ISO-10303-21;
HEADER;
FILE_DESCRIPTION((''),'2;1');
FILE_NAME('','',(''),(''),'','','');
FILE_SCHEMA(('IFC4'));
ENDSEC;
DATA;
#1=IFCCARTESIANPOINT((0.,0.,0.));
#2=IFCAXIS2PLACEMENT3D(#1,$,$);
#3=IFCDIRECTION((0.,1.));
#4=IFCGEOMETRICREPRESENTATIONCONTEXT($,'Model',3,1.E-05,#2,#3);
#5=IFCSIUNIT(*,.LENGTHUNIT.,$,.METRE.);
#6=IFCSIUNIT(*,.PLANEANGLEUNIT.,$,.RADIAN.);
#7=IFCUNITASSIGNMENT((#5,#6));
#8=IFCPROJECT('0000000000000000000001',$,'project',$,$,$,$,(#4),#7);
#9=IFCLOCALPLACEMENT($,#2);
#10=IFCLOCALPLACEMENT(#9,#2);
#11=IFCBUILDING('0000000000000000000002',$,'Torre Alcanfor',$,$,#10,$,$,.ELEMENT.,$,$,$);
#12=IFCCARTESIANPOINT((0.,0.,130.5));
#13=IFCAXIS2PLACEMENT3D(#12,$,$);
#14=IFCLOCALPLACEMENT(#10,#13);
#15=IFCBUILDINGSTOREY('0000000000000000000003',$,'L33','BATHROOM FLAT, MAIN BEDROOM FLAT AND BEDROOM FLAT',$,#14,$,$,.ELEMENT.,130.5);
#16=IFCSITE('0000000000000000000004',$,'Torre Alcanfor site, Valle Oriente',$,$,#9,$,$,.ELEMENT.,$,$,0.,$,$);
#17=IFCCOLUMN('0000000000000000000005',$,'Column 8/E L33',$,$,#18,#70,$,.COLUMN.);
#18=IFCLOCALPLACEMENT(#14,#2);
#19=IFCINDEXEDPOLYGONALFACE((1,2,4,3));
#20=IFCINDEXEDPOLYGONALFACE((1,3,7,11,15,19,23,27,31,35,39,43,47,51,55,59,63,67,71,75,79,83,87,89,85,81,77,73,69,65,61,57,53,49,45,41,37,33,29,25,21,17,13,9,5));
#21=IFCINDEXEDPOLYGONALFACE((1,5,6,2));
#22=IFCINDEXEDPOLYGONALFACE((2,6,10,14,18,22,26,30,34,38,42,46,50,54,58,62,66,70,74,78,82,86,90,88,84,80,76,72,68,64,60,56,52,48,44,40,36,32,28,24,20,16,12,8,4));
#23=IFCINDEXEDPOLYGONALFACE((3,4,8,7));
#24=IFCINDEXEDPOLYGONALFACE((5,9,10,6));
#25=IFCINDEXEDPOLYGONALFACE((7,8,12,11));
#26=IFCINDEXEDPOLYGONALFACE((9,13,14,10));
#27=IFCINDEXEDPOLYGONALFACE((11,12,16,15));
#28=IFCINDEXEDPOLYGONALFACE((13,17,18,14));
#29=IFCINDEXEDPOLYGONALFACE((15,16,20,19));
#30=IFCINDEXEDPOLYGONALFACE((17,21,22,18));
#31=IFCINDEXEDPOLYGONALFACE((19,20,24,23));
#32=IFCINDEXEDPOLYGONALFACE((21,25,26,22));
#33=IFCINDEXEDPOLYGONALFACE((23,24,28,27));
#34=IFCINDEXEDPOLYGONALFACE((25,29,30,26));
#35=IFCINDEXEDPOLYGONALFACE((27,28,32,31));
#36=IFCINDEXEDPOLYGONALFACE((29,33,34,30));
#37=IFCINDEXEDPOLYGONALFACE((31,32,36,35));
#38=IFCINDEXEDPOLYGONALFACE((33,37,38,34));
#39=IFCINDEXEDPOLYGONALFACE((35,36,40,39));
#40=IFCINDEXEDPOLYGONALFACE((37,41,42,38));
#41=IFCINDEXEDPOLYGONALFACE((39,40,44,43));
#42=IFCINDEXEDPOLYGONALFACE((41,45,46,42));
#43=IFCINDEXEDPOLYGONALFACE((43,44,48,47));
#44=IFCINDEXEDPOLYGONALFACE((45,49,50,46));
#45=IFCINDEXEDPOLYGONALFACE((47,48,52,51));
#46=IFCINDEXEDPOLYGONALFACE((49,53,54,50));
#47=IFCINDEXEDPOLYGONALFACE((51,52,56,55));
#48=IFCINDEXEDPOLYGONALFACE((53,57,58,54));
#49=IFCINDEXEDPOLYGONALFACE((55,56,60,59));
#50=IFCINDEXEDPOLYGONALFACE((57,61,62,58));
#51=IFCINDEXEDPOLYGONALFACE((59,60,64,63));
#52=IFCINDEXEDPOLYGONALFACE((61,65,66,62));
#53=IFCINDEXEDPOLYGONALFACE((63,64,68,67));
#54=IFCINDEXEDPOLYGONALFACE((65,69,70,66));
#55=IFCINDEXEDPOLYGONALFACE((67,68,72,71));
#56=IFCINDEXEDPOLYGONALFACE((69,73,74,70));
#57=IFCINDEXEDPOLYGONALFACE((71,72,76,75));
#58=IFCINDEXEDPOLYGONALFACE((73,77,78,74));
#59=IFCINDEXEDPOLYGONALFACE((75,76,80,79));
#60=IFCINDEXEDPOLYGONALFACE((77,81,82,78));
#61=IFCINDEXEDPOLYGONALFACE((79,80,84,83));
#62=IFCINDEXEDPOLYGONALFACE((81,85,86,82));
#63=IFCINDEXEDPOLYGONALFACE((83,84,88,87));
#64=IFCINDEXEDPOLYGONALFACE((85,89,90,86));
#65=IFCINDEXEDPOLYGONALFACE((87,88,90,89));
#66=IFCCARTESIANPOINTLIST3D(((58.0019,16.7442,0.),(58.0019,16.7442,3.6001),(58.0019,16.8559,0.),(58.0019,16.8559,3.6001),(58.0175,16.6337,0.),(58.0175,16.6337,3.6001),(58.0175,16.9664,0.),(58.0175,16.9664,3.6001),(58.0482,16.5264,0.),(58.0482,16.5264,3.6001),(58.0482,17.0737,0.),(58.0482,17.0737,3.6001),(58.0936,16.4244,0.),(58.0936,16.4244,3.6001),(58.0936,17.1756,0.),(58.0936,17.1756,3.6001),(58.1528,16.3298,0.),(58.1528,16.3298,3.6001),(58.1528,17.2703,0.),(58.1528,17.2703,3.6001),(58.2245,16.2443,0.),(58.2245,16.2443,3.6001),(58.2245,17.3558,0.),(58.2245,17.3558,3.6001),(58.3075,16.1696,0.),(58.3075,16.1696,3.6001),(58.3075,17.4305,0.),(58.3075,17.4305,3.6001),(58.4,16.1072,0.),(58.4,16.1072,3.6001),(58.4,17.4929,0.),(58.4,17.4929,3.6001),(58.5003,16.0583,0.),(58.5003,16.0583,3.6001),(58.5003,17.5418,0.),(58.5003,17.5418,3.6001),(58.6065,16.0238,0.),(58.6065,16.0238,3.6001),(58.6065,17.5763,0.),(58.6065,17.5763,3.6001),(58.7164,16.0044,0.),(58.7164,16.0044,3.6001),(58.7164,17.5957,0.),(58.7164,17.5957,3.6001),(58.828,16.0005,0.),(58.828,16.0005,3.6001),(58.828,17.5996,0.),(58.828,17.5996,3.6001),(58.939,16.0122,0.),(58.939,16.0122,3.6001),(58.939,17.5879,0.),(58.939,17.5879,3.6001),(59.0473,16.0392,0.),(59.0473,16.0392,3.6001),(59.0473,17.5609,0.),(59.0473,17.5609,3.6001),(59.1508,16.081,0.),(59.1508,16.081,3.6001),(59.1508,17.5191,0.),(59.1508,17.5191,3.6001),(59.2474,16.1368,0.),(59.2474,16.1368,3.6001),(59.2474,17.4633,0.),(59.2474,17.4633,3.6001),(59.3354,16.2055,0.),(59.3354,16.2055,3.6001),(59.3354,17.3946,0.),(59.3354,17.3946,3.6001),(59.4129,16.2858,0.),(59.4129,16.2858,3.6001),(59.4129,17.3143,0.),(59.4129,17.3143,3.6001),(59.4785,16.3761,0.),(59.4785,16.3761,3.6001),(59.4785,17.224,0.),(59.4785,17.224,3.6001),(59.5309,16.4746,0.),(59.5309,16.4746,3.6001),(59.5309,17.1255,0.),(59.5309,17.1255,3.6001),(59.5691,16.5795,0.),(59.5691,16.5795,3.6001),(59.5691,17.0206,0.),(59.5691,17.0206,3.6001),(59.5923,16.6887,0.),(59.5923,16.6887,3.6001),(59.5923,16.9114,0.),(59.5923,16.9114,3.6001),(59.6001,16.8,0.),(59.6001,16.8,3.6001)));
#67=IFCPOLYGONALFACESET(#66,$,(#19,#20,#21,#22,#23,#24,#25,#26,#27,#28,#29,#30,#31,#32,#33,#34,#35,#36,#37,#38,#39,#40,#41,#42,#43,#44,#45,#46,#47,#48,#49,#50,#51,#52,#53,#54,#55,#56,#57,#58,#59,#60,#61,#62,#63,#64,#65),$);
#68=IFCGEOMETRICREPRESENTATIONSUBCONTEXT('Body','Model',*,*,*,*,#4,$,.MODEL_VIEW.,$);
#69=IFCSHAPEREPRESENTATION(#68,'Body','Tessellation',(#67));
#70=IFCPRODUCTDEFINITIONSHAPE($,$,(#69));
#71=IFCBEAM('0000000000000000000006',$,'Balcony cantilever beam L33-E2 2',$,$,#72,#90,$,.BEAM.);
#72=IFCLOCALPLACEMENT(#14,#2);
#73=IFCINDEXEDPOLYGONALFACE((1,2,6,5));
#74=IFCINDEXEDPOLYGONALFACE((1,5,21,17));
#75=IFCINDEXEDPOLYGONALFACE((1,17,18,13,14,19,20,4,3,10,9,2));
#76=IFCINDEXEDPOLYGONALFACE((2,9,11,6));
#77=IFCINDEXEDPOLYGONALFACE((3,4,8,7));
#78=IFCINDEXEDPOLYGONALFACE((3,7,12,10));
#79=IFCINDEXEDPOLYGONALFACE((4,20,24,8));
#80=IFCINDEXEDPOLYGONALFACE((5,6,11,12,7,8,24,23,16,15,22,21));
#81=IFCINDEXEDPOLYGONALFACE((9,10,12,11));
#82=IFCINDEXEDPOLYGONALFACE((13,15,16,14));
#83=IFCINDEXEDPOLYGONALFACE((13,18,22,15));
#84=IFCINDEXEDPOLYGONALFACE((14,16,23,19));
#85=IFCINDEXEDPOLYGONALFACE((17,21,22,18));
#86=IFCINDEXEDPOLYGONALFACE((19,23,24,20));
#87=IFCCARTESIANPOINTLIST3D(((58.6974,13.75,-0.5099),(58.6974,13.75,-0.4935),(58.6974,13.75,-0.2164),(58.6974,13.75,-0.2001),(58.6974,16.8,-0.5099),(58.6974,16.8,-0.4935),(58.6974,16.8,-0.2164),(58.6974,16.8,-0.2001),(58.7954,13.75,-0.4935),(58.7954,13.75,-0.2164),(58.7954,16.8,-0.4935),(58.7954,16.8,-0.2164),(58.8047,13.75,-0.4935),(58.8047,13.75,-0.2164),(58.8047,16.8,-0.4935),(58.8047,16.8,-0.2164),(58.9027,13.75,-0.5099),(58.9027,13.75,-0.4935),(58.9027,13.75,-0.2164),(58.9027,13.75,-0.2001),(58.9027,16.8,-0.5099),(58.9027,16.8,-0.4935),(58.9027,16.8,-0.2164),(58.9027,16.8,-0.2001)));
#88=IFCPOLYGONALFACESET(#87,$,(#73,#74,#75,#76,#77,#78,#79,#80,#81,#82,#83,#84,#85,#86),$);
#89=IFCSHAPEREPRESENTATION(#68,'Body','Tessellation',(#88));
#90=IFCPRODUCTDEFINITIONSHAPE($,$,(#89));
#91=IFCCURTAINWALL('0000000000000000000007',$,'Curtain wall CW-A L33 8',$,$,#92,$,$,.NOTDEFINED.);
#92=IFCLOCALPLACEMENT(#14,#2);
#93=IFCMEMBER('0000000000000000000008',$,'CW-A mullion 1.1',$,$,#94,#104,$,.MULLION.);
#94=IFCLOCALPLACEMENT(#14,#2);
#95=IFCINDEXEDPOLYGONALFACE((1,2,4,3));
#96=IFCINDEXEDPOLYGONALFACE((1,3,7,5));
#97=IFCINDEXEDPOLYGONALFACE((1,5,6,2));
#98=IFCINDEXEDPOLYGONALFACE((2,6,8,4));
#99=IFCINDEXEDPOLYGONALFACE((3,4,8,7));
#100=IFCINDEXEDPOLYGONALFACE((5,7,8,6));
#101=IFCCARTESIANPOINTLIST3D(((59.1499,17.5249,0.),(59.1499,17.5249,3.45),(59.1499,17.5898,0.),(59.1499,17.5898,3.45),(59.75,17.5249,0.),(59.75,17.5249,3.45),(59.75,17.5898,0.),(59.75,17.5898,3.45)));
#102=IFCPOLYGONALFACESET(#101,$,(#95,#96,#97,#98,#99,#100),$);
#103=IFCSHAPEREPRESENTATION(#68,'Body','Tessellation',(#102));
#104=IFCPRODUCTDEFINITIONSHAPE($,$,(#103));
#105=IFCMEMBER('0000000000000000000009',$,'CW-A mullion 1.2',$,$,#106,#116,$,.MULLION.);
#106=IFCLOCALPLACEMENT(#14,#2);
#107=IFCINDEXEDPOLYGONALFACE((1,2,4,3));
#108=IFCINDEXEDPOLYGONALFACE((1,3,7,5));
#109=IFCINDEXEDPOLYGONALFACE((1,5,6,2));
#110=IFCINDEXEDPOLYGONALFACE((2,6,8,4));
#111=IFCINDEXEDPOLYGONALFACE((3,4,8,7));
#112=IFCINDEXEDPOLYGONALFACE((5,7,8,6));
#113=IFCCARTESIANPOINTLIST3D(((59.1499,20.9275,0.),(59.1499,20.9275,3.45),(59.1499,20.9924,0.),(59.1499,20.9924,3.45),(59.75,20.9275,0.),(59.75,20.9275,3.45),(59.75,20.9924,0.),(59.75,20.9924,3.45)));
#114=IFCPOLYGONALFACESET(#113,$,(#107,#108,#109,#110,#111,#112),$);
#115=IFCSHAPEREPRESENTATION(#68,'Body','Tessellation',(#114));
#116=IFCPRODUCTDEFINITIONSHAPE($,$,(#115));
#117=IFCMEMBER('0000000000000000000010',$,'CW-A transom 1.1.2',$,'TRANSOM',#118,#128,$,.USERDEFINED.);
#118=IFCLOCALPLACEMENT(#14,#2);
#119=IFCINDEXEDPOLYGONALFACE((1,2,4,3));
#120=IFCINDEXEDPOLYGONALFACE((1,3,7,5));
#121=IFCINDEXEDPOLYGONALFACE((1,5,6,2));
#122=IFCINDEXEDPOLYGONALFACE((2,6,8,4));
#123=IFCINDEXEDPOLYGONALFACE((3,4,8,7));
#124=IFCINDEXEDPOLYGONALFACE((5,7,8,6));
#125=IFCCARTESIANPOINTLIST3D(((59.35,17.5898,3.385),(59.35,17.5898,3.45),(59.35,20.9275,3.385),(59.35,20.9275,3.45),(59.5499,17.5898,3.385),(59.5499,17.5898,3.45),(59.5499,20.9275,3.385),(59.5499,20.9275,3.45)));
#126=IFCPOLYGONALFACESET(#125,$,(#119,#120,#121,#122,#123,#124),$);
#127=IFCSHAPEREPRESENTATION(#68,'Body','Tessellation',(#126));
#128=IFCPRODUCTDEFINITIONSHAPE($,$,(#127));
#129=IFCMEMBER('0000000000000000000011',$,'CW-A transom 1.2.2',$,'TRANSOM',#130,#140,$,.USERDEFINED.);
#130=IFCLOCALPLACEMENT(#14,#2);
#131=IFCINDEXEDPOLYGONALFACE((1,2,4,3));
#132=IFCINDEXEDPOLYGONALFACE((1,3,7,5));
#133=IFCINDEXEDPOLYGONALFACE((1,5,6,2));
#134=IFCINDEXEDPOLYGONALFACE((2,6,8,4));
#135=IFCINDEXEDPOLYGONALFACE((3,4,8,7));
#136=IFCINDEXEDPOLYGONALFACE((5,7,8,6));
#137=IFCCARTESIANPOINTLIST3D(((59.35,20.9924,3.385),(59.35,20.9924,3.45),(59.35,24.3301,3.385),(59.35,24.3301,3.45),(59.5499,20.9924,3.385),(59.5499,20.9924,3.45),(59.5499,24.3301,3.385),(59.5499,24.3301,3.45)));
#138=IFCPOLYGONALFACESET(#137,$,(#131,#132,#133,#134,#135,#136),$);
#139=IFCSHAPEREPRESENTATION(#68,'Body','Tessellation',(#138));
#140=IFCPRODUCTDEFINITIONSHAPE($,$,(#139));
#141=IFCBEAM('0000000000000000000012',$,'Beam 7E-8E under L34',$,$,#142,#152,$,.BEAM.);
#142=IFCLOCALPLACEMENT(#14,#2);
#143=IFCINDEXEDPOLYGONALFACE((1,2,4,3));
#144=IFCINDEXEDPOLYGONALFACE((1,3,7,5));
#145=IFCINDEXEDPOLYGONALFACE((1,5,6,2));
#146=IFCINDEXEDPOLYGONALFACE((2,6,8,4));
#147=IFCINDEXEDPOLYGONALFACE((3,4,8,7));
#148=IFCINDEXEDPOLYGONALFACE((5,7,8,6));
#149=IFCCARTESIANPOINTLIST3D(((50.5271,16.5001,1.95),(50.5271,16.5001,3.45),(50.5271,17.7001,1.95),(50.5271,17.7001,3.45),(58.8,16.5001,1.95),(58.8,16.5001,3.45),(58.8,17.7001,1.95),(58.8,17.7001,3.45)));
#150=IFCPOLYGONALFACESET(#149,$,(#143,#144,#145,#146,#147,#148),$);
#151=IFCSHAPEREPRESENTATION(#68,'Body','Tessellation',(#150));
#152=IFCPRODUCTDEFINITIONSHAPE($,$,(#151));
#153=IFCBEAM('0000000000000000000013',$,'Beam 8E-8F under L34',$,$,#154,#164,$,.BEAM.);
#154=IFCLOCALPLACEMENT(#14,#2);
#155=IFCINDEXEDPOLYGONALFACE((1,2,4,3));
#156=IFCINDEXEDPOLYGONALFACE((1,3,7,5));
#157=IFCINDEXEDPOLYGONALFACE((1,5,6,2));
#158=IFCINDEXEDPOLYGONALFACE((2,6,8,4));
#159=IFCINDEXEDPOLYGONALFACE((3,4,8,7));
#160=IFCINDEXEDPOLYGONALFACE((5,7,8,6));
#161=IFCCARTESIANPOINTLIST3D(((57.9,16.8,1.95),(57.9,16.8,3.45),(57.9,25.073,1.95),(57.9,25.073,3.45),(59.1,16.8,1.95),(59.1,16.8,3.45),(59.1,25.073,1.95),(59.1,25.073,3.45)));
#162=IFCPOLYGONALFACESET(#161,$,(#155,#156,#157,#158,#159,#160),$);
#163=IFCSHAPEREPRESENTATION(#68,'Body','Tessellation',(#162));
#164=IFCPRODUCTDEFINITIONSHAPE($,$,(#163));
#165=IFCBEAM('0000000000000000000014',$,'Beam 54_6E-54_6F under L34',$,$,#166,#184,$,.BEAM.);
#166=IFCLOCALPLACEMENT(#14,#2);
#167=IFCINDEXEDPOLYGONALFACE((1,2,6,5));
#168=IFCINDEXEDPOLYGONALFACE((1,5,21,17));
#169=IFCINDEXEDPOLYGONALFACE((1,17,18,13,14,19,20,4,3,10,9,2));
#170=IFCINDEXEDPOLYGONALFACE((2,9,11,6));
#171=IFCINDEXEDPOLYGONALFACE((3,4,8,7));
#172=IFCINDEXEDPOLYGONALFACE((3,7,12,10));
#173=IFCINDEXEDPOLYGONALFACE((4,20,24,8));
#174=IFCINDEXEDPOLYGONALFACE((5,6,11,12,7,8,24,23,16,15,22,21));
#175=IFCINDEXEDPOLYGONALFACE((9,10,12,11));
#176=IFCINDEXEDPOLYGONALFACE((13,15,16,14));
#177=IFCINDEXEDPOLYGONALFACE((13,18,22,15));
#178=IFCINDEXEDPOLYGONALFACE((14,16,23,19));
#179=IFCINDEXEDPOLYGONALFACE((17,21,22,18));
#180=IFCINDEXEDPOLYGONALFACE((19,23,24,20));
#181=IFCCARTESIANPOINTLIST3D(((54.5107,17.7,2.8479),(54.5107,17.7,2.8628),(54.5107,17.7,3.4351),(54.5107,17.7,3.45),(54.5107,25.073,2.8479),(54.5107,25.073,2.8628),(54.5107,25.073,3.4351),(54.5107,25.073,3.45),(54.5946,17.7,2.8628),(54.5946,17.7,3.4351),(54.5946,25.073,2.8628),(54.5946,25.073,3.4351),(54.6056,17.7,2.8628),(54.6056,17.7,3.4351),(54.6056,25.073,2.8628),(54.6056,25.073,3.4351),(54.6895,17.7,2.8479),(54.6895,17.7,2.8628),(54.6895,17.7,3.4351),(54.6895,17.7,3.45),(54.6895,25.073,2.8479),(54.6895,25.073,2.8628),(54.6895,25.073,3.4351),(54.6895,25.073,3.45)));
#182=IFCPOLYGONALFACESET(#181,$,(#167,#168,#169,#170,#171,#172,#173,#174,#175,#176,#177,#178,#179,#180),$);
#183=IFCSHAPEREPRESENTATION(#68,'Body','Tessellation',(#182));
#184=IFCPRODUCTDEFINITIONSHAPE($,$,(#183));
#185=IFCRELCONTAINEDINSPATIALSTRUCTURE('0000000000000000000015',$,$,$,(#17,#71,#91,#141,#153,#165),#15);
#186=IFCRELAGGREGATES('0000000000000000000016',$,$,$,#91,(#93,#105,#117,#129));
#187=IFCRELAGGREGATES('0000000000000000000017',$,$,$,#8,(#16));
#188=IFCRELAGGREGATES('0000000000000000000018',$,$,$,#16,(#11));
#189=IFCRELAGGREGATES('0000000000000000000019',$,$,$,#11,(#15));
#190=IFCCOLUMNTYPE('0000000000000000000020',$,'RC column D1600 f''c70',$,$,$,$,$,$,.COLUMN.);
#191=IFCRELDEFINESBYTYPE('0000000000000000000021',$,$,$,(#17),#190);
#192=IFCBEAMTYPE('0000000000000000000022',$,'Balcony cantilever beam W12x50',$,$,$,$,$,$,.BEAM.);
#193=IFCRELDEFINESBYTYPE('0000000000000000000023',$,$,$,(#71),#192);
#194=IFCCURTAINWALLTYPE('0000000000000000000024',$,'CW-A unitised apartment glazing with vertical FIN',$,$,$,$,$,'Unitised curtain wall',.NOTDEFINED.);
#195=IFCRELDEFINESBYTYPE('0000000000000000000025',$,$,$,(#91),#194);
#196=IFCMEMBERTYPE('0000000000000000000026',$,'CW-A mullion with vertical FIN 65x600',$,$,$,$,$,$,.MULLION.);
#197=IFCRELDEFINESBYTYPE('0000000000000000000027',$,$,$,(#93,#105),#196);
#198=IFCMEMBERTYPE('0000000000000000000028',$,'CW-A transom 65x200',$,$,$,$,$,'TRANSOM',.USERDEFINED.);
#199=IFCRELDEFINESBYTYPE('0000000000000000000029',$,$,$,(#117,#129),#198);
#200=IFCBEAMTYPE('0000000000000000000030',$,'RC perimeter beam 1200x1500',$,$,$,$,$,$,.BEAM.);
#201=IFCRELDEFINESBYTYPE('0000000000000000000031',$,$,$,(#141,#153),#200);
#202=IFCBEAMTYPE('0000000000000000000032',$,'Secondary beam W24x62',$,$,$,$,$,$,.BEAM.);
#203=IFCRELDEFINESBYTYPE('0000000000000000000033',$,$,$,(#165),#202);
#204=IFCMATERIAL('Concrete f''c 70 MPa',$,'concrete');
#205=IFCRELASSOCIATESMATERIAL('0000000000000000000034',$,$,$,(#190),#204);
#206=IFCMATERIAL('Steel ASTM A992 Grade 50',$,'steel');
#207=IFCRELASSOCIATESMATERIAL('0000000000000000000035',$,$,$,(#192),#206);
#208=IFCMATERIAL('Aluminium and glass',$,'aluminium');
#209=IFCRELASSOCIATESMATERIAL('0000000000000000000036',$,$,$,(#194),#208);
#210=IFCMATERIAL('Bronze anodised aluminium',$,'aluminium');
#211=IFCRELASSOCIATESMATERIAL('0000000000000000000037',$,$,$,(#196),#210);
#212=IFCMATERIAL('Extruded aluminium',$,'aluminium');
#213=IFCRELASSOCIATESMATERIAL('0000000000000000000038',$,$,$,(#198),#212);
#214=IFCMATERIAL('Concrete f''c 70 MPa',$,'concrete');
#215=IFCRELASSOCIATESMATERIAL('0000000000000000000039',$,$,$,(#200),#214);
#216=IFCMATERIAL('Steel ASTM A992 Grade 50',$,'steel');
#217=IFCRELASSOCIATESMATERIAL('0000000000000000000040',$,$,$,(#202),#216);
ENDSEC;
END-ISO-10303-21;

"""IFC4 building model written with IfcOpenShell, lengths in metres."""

from ifc_helpers import new_model, si_unit, direction, frame, origin, origin_2d, place, context, subcontext, project, spatial, rectangle, circle, i_section, extrude, material, material_profile, profile_set, type_object, element, aggregate, save


model = new_model("IFC4")

# Units and contexts
model_context = context("Model", 3, precision=1e-05, world=origin(), true_north=direction((0.0, 1.0)))
body_context = subcontext(model_context, "Body", "Model", "MODEL_VIEW")
ifc_project = project(units=[si_unit("LENGTHUNIT", "METRE"), si_unit("PLANEANGLEUNIT", "RADIAN")], contexts=[model_context])

# Site, building, storey
site_placement = place(None, origin())
site = spatial("IfcSite", under=ifc_project, at=site_placement, Name="Torre Alcanfor site, Valle Oriente", CompositionType="ELEMENT", RefElevation=0.0)
building_placement = place(site_placement, origin())
building = spatial("IfcBuilding", under=site, at=building_placement, Name="Torre Alcanfor", CompositionType="ELEMENT")
storey_placement = place(building_placement, frame((0.0, 0.0, 130.5)))
storey = spatial("IfcBuildingStorey", under=building, at=storey_placement, Name="L33", Description="BATHROOM FLAT, MAIN BEDROOM FLAT AND BEDROOM FLAT", CompositionType="ELEMENT", Elevation=130.5)

# Column
ifc_material_1 = material(Name="Concrete f'c 70 MPa", Category="concrete")
ifc_material_profile_1 = material_profile(ifc_material_1, circle(Radius=0.8, at=origin_2d()), Name="D1600")
ifc_profile_set_1 = profile_set([ifc_material_profile_1], Name="Concrete f'c 70 MPa")
column_type = type_object("IfcColumnType", Name="RC column D1600 f'c70", PredefinedType="COLUMN", material=ifc_profile_set_1)
column_placement = place(storey_placement, frame((58.8, 16.8, 0.0), z_axis=(0.0, 0.0, 1.0), x_axis=(1.0, 0.0, 0.0)))
element("IfcColumn", 1, at=column_placement, inside=storey, type_object=column_type, Name="Column 8/E L33", PredefinedType="COLUMN", context=body_context, shape_type="SweptSolid", body=[
    extrude(circle(Radius=0.8, at=origin_2d()), origin(), (0.0, 0.0, 1.0), 3.6001),
])

# Beam
ifc_material_2 = material(Name="Steel ASTM A992 Grade 50", Category="steel")
ifc_material_profile_2 = material_profile(ifc_material_2, i_section(OverallWidth=0.2053, OverallDepth=0.3098, WebThickness=0.0093, FlangeThickness=0.0164, at=origin_2d()), Name="W12x50")
ifc_profile_set_2 = profile_set([ifc_material_profile_2], Name="Steel ASTM A992 Grade 50")
beam_type_1 = type_object("IfcBeamType", Name="Balcony cantilever beam W12x50", PredefinedType="BEAM", material=ifc_profile_set_2)
beam_1_placement = place(storey_placement, frame((58.8, 16.8, -0.355), z_axis=(0.0, -1.0, 0.0), x_axis=(1.0, 0.0, 0.0)))
element("IfcBeam", 2, at=beam_1_placement, inside=storey, type_object=beam_type_1, Name="Balcony cantilever beam L33-E2 2", PredefinedType="BEAM", context=body_context, shape_type="SweptSolid", body=[
    extrude(i_section(OverallWidth=0.2053, OverallDepth=0.3098, WebThickness=0.0093, FlangeThickness=0.0164, at=origin_2d()), origin(), (0.0, 0.0, 1.0), 3.05),
])

# Curtain wall, members
ifc_material_3 = material(Name="Aluminium and glass", Category="aluminium")
curtain_wall_type = type_object("IfcCurtainWallType", Name="CW-A unitised apartment glazing with vertical FIN", ElementType="Unitised curtain wall", PredefinedType="NOTDEFINED", material=ifc_material_3)
curtain_wall_placement = place(storey_placement, origin())
curtain_wall = element("IfcCurtainWall", 3, at=curtain_wall_placement, inside=storey, type_object=curtain_wall_type, Name="Curtain wall CW-A L33 8", PredefinedType="NOTDEFINED")
ifc_material_4 = material(Name="Bronze anodised aluminium", Category="aluminium")
ifc_material_profile_3 = material_profile(ifc_material_4, rectangle(XDim=0.6001, YDim=0.0649, at=origin_2d()), Name="CW-A mullion 65x600")
ifc_profile_set_3 = profile_set([ifc_material_profile_3], Name="Bronze anodised aluminium")
member_type_1 = type_object("IfcMemberType", Name="CW-A mullion with vertical FIN 65x600", PredefinedType="MULLION", material=ifc_profile_set_3)
member_1_placement = place(storey_placement, frame((59.45, 17.5574, 0.0), z_axis=(0.0, 0.0, 1.0), x_axis=(-1.0, 0.0, 0.0)))
member_1 = element("IfcMember", 4, at=member_1_placement, type_object=member_type_1, Name="CW-A mullion 1.1", PredefinedType="MULLION", context=body_context, shape_type="SweptSolid", body=[
    extrude(rectangle(XDim=0.6001, YDim=0.0649, at=origin_2d()), origin(), (0.0, 0.0, 1.0), 3.45),
])
member_2_placement = place(storey_placement, frame((59.45, 20.96, 0.0), z_axis=(0.0, 0.0, 1.0), x_axis=(-1.0, 0.0, 0.0)))
member_2 = element("IfcMember", 5, at=member_2_placement, type_object=member_type_1, Name="CW-A mullion 1.2", PredefinedType="MULLION", context=body_context, shape_type="SweptSolid", body=[
    extrude(rectangle(XDim=0.6001, YDim=0.0649, at=origin_2d()), origin(), (0.0, 0.0, 1.0), 3.45),
])
ifc_material_5 = material(Name="Extruded aluminium", Category="aluminium")
ifc_material_profile_4 = material_profile(ifc_material_5, rectangle(XDim=0.2, YDim=0.0649, at=origin_2d()), Name="CW-A transom 200x65")
ifc_profile_set_4 = profile_set([ifc_material_profile_4], Name="Extruded aluminium")
member_type_2 = type_object("IfcMemberType", Name="CW-A transom 65x200", ElementType="TRANSOM", PredefinedType="USERDEFINED", material=ifc_profile_set_4)
member_3_placement = place(storey_placement, frame((59.45, 17.5898, 3.4175), z_axis=(0.0, 1.0, 0.0), x_axis=(-1.0, 0.0, 0.0)))
member_3 = element("IfcMember", 6, at=member_3_placement, type_object=member_type_2, Name="CW-A transom 1.1.2", ObjectType="TRANSOM", PredefinedType="USERDEFINED", context=body_context, shape_type="SweptSolid", body=[
    extrude(rectangle(XDim=0.2, YDim=0.0649, at=origin_2d()), origin(), (0.0, 0.0, 1.0), 3.3376),
])
member_4_placement = place(storey_placement, frame((59.45, 20.9924, 3.4175), z_axis=(0.0, 1.0, 0.0), x_axis=(-1.0, 0.0, 0.0)))
member_4 = element("IfcMember", 7, at=member_4_placement, type_object=member_type_2, Name="CW-A transom 1.2.2", ObjectType="TRANSOM", PredefinedType="USERDEFINED", context=body_context, shape_type="SweptSolid", body=[
    extrude(rectangle(XDim=0.2, YDim=0.0649, at=origin_2d()), origin(), (0.0, 0.0, 1.0), 3.3376),
])

# Beams
ifc_material_6 = material(Name="Concrete f'c 70 MPa", Category="concrete")
ifc_material_profile_5 = material_profile(ifc_material_6, rectangle(XDim=1.2, YDim=1.5, at=origin_2d()), Name="1200x1500")
ifc_profile_set_5 = profile_set([ifc_material_profile_5], Name="Concrete f'c 70 MPa")
beam_type_2 = type_object("IfcBeamType", Name="RC perimeter beam 1200x1500", PredefinedType="BEAM", material=ifc_profile_set_5)
for number, where, z_axis, x_axis, name in (
    (8, (50.5271, 17.1001, 2.7), (1.0, 0.0, 0.0), (0.0, 1.0, 0.0), "Beam 7E-8E under L34"),
    (9, (58.5, 16.8, 2.7), (0.0, 1.0, 0.0), (-1.0, 0.0, 0.0), "Beam 8E-8F under L34"),
):
    element("IfcBeam", number, at=place(storey_placement, frame(where, z_axis=z_axis, x_axis=x_axis)), inside=storey, type_object=beam_type_2, Name=name, PredefinedType="BEAM", context=body_context, shape_type="SweptSolid", body=[
        extrude(rectangle(XDim=1.2, YDim=1.5, at=origin_2d()), origin(), (0.0, 0.0, 1.0), 8.2729),
    ])
ifc_material_7 = material(Name="Steel ASTM A992 Grade 50", Category="steel")
ifc_material_profile_6 = material_profile(ifc_material_7, i_section(OverallWidth=0.1787, OverallDepth=0.6021, WebThickness=0.011, FlangeThickness=0.0149, at=origin_2d()), Name="W24x62")
ifc_profile_set_6 = profile_set([ifc_material_profile_6], Name="Steel ASTM A992 Grade 50")
beam_type_3 = type_object("IfcBeamType", Name="Secondary beam W24x62", PredefinedType="BEAM", material=ifc_profile_set_6)
beam_2_placement = place(storey_placement, frame((54.6001, 17.7, 3.1489), z_axis=(0.0, 1.0, 0.0), x_axis=(-1.0, 0.0, 0.0)))
element("IfcBeam", 10, at=beam_2_placement, inside=storey, type_object=beam_type_3, Name="Beam 54_6E-54_6F under L34", PredefinedType="BEAM", context=body_context, shape_type="SweptSolid", body=[
    extrude(i_section(OverallWidth=0.1787, OverallDepth=0.6021, WebThickness=0.011, FlangeThickness=0.0149, at=origin_2d()), origin(), (0.0, 0.0, 1.0), 7.373),
])

aggregate(curtain_wall, [member_1, member_2, member_3, member_4])

save(model, "model.ifc")
